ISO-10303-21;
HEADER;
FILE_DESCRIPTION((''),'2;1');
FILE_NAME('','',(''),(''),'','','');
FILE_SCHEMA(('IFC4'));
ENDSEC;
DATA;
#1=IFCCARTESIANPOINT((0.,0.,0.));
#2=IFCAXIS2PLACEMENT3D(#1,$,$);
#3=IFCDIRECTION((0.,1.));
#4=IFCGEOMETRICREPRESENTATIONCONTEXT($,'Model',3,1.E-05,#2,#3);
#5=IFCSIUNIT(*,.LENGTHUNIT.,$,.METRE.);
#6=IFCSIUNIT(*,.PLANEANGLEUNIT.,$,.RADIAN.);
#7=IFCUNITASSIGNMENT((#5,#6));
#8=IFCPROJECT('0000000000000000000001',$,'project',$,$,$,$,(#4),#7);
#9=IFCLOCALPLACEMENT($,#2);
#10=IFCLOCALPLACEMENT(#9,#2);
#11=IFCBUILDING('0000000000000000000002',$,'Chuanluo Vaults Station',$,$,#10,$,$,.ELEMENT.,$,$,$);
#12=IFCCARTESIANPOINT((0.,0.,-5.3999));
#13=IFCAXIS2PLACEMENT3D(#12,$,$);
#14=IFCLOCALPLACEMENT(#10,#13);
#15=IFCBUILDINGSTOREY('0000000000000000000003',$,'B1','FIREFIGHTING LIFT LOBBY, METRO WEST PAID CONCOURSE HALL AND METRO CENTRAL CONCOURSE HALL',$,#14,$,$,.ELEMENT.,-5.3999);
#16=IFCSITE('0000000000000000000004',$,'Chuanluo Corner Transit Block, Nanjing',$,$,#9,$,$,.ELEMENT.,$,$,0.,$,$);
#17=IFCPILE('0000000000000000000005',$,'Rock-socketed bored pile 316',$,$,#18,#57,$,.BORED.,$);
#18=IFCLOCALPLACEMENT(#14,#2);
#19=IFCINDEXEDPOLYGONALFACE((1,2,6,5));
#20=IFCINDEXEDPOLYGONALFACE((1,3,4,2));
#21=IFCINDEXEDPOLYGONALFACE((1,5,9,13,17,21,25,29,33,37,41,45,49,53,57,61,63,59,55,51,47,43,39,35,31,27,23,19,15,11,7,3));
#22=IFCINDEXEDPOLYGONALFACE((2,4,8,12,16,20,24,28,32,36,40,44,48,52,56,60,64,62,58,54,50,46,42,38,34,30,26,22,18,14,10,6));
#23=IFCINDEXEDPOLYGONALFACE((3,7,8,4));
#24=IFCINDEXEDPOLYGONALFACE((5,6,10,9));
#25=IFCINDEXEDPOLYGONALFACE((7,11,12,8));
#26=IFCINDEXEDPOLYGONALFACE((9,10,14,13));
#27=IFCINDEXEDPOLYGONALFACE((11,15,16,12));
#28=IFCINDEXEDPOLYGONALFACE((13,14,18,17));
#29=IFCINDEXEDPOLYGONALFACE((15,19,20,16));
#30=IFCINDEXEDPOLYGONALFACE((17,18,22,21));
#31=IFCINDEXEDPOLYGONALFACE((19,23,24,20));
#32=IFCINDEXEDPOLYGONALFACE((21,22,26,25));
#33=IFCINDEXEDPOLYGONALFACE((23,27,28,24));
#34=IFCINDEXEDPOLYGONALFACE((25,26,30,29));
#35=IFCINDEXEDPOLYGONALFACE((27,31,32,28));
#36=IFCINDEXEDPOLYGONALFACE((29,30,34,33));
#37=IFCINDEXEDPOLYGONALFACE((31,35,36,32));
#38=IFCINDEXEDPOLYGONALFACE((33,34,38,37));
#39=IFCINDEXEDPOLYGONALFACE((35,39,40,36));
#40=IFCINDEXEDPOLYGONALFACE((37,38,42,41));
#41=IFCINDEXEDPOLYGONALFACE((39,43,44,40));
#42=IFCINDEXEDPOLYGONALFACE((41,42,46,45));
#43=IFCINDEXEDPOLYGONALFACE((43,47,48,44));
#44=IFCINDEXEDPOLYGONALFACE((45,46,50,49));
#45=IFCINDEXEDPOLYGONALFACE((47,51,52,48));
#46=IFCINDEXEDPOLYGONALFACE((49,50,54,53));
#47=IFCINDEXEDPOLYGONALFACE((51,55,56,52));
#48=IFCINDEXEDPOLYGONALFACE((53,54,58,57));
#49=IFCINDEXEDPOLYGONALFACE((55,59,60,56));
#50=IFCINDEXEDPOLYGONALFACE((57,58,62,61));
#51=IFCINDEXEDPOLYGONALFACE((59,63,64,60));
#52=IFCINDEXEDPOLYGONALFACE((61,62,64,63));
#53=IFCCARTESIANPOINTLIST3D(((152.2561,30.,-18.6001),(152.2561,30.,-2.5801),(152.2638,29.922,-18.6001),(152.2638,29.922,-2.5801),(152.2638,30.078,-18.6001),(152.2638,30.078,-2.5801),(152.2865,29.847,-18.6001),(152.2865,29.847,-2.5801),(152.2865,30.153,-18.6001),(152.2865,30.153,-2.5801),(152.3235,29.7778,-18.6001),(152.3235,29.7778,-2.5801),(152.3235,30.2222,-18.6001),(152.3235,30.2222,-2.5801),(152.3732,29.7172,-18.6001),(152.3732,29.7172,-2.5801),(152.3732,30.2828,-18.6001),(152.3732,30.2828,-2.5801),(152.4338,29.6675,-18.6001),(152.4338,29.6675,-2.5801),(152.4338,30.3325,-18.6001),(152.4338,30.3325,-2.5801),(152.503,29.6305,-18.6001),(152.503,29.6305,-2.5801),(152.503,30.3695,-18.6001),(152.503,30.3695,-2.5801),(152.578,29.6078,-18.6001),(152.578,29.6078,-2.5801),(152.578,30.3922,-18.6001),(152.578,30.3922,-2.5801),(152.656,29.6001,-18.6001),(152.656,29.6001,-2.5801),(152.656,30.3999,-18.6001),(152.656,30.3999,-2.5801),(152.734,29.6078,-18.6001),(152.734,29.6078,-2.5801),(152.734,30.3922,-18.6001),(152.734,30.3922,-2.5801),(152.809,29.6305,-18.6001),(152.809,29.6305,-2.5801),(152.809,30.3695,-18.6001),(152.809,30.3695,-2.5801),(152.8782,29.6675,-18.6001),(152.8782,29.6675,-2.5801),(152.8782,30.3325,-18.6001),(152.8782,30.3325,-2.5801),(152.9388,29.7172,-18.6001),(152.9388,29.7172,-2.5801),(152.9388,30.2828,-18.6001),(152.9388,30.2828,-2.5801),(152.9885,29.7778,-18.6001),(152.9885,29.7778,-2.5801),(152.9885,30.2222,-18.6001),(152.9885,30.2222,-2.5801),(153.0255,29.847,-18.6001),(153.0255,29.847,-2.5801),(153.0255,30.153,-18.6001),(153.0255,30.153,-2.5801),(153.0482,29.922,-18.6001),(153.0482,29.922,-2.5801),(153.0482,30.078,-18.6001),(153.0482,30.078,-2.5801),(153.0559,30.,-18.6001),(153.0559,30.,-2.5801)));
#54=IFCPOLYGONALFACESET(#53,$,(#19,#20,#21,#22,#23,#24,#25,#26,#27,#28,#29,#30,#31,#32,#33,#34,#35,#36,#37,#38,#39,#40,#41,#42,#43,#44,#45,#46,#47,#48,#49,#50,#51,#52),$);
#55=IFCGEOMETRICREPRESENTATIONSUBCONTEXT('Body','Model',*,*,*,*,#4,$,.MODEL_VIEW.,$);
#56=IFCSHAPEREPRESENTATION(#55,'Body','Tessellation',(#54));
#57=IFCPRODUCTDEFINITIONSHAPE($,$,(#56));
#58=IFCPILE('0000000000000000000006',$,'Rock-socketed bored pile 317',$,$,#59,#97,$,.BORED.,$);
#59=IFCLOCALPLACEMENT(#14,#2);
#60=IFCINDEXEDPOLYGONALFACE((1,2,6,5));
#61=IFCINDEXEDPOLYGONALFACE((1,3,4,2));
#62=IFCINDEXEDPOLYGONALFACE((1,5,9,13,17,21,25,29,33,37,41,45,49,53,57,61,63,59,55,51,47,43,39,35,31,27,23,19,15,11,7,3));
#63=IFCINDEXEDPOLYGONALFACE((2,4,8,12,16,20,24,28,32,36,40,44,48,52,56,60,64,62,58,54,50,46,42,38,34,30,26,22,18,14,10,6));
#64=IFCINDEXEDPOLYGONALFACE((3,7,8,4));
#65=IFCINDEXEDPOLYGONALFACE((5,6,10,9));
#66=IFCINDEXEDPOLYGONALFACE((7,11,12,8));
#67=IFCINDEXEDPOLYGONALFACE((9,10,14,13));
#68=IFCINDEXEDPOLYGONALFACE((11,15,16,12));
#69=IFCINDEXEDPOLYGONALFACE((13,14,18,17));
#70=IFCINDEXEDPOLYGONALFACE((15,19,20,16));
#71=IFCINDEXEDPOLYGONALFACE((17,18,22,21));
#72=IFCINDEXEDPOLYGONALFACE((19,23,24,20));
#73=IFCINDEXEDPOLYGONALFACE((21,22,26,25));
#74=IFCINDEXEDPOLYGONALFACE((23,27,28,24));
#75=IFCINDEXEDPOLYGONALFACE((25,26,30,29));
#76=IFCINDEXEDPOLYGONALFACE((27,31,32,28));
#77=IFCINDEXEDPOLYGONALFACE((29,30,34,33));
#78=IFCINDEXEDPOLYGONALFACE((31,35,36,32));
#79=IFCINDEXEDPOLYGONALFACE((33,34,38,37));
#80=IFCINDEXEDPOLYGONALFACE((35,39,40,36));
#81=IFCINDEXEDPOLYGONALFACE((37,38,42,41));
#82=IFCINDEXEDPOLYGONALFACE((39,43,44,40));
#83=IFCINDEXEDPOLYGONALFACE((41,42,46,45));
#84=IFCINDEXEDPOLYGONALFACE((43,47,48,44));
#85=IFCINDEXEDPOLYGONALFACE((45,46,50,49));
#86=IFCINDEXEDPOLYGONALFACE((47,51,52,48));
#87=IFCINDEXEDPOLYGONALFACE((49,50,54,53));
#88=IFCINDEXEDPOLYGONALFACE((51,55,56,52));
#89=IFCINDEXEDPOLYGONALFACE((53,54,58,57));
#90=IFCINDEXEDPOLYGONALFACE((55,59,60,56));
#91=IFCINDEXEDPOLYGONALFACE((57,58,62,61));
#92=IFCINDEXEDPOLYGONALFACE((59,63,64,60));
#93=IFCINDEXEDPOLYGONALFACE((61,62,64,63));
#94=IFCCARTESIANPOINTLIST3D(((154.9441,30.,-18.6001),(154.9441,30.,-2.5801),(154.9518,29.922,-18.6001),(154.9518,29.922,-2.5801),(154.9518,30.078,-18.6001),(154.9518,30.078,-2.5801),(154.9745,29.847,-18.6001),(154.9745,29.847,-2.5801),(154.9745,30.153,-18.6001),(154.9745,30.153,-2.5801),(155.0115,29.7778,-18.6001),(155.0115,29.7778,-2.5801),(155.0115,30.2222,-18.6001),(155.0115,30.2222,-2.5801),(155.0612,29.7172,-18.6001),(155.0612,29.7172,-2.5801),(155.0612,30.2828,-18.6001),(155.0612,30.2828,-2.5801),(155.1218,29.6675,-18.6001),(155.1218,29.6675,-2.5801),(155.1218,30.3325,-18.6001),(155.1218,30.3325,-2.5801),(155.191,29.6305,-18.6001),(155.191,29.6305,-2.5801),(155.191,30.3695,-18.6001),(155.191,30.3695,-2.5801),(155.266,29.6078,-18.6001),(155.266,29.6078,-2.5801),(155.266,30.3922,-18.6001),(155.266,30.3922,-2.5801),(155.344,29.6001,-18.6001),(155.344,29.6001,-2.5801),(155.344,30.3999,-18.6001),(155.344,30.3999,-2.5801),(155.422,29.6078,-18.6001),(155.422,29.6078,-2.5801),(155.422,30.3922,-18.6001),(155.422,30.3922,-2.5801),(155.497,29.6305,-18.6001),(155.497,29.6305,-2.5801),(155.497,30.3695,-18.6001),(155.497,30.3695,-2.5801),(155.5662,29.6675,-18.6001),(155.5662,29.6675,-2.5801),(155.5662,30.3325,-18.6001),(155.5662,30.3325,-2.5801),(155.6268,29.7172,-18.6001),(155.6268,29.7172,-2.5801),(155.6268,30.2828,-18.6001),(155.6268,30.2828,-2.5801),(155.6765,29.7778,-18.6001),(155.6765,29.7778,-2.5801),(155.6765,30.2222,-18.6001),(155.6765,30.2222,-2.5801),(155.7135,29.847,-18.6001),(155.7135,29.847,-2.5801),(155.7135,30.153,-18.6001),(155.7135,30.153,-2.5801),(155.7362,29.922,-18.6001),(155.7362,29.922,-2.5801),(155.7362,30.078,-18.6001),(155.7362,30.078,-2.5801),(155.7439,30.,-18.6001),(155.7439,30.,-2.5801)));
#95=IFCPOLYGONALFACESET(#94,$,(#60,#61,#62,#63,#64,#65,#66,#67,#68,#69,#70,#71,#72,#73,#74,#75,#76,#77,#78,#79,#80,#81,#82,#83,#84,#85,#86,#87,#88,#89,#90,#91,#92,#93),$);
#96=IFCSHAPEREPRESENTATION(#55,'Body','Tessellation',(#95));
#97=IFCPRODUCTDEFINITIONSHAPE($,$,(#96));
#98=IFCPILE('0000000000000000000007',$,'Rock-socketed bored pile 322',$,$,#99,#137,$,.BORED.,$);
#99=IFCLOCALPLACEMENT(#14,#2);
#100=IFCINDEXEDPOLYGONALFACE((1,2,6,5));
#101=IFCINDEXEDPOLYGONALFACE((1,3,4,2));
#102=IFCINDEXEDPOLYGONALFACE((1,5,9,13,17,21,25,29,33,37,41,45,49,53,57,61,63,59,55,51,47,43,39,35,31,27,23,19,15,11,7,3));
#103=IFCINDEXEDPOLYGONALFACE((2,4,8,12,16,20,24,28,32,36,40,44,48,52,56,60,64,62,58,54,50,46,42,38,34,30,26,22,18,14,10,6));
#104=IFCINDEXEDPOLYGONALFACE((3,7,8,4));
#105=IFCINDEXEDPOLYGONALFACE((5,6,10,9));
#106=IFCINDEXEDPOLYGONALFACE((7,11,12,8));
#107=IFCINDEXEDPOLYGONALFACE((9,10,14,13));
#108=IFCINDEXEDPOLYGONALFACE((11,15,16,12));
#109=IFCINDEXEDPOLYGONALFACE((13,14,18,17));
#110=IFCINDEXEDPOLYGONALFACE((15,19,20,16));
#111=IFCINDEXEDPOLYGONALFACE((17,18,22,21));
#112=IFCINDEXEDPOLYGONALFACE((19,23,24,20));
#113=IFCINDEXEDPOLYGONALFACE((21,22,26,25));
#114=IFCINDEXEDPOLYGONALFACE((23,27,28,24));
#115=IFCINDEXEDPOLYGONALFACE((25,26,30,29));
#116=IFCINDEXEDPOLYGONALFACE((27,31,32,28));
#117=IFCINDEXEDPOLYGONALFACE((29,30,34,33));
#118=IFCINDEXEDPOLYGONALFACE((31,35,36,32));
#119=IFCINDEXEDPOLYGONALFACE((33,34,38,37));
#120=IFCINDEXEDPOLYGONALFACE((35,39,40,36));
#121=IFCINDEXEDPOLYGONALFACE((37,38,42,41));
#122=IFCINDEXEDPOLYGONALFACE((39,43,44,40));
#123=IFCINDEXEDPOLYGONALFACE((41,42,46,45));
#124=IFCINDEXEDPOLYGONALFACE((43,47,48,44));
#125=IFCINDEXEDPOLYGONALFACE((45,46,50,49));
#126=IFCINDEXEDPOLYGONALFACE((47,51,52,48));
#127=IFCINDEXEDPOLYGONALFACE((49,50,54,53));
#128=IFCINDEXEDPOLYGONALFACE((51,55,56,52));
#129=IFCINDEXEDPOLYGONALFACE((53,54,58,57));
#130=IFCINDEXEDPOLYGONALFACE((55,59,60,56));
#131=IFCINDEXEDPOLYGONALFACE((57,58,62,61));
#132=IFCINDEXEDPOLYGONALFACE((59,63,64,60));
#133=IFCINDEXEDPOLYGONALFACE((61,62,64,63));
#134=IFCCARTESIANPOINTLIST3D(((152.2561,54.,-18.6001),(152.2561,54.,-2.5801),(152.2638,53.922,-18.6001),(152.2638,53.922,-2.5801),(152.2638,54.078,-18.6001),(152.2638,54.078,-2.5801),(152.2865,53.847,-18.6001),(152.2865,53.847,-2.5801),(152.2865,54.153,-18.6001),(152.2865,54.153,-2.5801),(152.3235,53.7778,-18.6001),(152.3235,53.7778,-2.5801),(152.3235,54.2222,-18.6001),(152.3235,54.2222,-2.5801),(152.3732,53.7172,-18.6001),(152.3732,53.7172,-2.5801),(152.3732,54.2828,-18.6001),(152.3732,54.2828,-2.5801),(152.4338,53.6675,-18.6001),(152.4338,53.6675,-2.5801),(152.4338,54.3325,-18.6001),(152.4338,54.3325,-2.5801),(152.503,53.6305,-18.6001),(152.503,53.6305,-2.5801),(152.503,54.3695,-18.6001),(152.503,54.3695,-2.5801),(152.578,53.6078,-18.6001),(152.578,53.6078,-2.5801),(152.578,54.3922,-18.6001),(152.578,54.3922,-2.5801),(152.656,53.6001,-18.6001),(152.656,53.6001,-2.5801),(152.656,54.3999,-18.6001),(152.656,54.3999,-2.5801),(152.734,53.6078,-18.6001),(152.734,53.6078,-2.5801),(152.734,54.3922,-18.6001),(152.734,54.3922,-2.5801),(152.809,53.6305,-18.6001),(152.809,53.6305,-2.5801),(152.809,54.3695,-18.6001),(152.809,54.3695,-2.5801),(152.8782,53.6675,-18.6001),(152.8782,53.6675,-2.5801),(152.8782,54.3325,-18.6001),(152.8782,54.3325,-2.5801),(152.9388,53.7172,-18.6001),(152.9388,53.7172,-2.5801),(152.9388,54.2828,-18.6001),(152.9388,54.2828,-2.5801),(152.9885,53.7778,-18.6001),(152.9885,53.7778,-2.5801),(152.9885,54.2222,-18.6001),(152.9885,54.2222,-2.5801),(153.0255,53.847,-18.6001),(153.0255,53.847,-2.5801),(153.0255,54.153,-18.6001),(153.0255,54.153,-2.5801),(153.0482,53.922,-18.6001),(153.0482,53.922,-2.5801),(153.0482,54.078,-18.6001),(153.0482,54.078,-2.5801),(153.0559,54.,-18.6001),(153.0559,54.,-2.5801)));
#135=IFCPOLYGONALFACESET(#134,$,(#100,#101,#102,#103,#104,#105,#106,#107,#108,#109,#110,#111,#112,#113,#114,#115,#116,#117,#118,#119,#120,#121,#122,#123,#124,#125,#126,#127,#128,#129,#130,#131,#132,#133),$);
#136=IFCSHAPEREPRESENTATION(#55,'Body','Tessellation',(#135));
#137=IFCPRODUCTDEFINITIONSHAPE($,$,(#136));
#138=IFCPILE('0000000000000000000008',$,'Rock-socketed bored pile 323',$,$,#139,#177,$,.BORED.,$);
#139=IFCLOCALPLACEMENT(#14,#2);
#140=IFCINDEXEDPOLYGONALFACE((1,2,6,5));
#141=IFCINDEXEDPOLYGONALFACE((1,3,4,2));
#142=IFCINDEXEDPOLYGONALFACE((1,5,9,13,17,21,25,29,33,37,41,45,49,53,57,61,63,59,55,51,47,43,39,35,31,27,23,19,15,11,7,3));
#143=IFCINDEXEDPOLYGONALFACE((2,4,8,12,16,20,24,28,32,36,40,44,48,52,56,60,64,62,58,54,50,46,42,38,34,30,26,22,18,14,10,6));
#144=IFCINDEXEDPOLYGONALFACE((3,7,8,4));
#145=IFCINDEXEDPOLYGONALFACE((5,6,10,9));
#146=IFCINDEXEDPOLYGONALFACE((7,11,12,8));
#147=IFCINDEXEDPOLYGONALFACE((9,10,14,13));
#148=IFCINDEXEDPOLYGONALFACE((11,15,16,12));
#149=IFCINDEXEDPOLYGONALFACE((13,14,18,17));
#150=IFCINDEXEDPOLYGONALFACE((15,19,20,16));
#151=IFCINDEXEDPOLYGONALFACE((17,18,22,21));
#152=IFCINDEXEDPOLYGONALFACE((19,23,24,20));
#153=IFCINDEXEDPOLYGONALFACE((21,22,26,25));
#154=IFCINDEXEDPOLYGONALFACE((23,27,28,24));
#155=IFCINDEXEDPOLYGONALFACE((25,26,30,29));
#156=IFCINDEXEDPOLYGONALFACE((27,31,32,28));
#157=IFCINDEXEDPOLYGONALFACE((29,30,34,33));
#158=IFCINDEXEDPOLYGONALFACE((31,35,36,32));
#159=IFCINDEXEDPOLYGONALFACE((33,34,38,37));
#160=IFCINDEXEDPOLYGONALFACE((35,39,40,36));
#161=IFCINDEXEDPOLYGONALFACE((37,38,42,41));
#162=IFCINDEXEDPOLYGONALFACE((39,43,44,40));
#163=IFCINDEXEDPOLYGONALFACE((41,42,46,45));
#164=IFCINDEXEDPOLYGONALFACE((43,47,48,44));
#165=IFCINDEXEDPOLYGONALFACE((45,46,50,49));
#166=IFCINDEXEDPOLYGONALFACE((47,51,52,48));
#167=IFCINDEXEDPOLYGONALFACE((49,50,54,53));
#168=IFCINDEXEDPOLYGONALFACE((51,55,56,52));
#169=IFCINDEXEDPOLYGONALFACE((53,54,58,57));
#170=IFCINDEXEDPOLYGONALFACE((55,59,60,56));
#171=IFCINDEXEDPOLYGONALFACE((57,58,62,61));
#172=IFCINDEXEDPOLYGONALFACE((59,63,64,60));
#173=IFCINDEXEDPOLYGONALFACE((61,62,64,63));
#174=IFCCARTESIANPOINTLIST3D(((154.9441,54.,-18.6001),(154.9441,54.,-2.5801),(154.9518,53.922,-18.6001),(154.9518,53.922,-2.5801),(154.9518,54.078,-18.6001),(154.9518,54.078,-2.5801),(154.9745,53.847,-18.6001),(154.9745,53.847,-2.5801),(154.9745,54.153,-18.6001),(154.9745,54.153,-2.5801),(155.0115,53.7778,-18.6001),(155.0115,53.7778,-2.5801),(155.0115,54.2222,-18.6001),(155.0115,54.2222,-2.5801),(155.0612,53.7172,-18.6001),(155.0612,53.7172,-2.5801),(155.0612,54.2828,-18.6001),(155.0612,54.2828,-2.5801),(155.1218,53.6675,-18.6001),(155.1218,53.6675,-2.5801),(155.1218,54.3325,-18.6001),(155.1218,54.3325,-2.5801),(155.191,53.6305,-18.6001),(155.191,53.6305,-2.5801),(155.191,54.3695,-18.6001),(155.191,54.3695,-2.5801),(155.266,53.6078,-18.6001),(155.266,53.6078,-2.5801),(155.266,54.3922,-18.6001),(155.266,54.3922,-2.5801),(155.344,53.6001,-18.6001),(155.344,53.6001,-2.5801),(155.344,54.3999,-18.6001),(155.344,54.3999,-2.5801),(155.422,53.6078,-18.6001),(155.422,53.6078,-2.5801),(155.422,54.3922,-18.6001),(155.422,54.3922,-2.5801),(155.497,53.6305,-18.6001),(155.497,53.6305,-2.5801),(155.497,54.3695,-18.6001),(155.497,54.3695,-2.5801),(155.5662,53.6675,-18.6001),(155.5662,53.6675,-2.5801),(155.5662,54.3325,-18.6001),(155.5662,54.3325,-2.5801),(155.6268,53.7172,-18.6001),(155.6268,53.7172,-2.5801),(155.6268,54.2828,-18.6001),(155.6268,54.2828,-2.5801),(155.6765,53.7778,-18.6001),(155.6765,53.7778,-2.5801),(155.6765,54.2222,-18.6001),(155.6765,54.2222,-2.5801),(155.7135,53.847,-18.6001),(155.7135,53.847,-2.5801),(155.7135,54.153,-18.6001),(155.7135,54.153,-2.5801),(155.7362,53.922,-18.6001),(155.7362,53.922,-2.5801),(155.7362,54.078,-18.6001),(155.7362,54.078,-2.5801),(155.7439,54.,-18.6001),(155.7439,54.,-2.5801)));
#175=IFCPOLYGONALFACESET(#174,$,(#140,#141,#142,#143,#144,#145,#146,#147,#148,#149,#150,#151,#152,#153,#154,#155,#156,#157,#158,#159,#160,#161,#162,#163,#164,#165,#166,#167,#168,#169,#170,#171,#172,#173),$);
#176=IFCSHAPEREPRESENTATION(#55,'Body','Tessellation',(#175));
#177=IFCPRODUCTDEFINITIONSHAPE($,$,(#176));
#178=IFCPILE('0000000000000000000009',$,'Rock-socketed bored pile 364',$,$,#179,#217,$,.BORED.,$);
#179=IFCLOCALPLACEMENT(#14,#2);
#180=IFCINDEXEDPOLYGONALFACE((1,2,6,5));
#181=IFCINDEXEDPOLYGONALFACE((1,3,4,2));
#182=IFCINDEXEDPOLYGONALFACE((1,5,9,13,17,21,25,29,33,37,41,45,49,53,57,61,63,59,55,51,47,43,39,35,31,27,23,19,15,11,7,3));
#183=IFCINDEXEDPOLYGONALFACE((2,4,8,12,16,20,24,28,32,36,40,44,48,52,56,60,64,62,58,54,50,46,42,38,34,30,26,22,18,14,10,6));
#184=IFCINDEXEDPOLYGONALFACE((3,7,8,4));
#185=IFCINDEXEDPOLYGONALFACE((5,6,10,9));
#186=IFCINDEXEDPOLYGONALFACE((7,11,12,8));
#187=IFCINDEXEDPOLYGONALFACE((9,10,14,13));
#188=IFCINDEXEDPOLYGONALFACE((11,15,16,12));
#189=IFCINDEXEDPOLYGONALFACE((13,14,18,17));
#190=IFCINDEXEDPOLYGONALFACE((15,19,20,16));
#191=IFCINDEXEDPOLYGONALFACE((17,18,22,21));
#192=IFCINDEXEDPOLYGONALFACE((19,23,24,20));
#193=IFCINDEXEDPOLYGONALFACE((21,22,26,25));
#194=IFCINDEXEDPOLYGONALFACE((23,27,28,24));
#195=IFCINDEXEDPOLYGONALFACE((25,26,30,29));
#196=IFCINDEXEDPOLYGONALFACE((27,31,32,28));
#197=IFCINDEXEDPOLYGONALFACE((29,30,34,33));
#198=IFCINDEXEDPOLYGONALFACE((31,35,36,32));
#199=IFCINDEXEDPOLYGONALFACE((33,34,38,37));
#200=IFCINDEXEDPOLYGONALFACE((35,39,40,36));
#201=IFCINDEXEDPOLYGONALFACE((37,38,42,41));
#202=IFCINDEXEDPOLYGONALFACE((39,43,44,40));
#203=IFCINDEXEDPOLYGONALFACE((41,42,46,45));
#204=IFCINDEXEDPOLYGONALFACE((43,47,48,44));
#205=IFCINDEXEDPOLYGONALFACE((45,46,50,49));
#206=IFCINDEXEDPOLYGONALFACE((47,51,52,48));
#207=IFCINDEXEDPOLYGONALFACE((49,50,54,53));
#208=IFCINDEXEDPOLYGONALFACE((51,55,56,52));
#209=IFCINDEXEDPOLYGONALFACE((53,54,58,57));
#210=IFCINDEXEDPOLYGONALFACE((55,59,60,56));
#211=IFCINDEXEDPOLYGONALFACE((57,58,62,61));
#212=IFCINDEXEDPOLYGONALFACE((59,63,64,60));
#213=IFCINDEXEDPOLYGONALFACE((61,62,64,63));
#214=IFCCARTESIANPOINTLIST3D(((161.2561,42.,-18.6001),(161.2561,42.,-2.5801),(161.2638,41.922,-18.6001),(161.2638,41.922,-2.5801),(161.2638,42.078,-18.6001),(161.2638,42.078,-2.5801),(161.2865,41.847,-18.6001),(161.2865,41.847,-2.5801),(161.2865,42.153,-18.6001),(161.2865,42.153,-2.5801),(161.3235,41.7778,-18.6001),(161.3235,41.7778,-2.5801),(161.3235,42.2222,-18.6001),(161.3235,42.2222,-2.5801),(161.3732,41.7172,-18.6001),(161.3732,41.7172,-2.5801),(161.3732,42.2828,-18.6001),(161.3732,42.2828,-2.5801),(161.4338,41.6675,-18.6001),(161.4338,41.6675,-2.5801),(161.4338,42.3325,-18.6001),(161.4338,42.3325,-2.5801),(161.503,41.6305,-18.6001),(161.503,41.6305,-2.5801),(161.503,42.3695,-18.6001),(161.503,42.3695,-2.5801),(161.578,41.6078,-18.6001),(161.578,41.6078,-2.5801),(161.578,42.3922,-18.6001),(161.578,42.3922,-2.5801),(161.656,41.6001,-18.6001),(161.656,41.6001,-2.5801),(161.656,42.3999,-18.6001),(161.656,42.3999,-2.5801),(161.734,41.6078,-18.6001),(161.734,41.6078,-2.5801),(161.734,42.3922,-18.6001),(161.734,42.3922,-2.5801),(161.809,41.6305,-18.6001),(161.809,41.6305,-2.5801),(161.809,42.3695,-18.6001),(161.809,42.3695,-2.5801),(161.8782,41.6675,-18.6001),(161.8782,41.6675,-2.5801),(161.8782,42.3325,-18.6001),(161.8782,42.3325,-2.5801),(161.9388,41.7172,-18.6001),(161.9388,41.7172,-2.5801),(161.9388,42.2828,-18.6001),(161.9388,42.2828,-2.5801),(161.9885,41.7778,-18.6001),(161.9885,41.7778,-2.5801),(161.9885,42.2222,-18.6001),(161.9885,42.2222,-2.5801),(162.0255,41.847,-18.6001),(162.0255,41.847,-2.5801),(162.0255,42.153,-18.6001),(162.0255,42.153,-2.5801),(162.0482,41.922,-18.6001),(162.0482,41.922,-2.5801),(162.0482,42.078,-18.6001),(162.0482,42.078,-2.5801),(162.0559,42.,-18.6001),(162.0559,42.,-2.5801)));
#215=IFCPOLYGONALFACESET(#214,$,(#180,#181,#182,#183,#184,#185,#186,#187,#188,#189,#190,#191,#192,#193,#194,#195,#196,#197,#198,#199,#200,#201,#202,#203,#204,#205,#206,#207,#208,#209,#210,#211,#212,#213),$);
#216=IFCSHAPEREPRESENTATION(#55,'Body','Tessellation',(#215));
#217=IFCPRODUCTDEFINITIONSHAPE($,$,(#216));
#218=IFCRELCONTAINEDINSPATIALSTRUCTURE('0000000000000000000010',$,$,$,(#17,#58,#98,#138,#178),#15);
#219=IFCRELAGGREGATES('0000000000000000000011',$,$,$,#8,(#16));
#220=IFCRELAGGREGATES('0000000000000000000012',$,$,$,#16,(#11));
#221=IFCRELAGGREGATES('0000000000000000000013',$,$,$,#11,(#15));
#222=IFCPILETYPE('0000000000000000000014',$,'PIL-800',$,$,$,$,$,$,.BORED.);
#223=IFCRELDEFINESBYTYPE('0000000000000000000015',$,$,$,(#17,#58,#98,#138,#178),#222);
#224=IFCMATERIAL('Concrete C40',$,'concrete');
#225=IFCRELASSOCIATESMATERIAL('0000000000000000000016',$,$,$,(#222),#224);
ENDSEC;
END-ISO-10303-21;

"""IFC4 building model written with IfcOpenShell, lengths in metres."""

from ifc_helpers import new_model, si_unit, direction, frame, origin, origin_2d, place, context, subcontext, project, spatial, circle, extrude, material, material_profile, profile_set, type_object, element, save


model = new_model("IFC4")

# Units and contexts
model_context = context("Model", 3, precision=1e-05, world=origin(), true_north=direction((0.0, 1.0)))
body_context = subcontext(model_context, "Body", "Model", "MODEL_VIEW")
ifc_project = project(units=[si_unit("LENGTHUNIT", "METRE"), si_unit("PLANEANGLEUNIT", "RADIAN")], contexts=[model_context])

# Site, building, storey
site_placement = place(None, origin())
site = spatial("IfcSite", under=ifc_project, at=site_placement, Name="Chuanluo Corner Transit Block, Nanjing", CompositionType="ELEMENT", RefElevation=0.0)
building_placement = place(site_placement, origin())
building = spatial("IfcBuilding", under=site, at=building_placement, Name="Chuanluo Vaults Station", CompositionType="ELEMENT")
storey_placement = place(building_placement, frame((0.0, 0.0, -5.3999)))
storey = spatial("IfcBuildingStorey", under=building, at=storey_placement, Name="B1", Description="FIREFIGHTING LIFT LOBBY, METRO WEST PAID CONCOURSE HALL AND METRO CENTRAL CONCOURSE HALL", CompositionType="ELEMENT", Elevation=-5.3999)

# Piles
ifc_material_1 = material(Name="Concrete C40", Category="concrete")
ifc_material_profile_1 = material_profile(ifc_material_1, circle(Radius=0.3999, at=origin_2d()))
ifc_profile_set_1 = profile_set([ifc_material_profile_1], Name="Concrete C40")
pile_type_1 = type_object("IfcPileType", Name="PIL-800", PredefinedType="BORED", material=ifc_profile_set_1)
for number, where, z_axis, x_axis, name in (
    (1, (152.656, 30.0, -2.5801), (0.0, 0.0, -1.0), (1.0, 0.0, 0.0), "Rock-socketed bored pile 316"),
    (2, (155.344, 30.0, -2.5801), (0.0, 0.0, -1.0), (1.0, 0.0, 0.0), "Rock-socketed bored pile 317"),
    (3, (152.656, 54.0, -2.5801), (0.0, 0.0, -1.0), (1.0, 0.0, 0.0), "Rock-socketed bored pile 322"),
    (4, (155.344, 54.0, -2.5801), (0.0, 0.0, -1.0), (1.0, 0.0, 0.0), "Rock-socketed bored pile 323"),
    (5, (161.656, 42.0, -2.5801), (0.0, 0.0, -1.0), (1.0, 0.0, 0.0), "Rock-socketed bored pile 364"),
):
    element("IfcPile", number, at=place(storey_placement, frame(where, z_axis=z_axis, x_axis=x_axis)), inside=storey, type_object=pile_type_1, Name=name, PredefinedType="BORED", context=body_context, shape_type="SweptSolid", body=[
        extrude(circle(Radius=0.3999, at=origin_2d()), origin(), (0.0, 0.0, 1.0), 16.02),
    ])

save(model, "model.ifc")
